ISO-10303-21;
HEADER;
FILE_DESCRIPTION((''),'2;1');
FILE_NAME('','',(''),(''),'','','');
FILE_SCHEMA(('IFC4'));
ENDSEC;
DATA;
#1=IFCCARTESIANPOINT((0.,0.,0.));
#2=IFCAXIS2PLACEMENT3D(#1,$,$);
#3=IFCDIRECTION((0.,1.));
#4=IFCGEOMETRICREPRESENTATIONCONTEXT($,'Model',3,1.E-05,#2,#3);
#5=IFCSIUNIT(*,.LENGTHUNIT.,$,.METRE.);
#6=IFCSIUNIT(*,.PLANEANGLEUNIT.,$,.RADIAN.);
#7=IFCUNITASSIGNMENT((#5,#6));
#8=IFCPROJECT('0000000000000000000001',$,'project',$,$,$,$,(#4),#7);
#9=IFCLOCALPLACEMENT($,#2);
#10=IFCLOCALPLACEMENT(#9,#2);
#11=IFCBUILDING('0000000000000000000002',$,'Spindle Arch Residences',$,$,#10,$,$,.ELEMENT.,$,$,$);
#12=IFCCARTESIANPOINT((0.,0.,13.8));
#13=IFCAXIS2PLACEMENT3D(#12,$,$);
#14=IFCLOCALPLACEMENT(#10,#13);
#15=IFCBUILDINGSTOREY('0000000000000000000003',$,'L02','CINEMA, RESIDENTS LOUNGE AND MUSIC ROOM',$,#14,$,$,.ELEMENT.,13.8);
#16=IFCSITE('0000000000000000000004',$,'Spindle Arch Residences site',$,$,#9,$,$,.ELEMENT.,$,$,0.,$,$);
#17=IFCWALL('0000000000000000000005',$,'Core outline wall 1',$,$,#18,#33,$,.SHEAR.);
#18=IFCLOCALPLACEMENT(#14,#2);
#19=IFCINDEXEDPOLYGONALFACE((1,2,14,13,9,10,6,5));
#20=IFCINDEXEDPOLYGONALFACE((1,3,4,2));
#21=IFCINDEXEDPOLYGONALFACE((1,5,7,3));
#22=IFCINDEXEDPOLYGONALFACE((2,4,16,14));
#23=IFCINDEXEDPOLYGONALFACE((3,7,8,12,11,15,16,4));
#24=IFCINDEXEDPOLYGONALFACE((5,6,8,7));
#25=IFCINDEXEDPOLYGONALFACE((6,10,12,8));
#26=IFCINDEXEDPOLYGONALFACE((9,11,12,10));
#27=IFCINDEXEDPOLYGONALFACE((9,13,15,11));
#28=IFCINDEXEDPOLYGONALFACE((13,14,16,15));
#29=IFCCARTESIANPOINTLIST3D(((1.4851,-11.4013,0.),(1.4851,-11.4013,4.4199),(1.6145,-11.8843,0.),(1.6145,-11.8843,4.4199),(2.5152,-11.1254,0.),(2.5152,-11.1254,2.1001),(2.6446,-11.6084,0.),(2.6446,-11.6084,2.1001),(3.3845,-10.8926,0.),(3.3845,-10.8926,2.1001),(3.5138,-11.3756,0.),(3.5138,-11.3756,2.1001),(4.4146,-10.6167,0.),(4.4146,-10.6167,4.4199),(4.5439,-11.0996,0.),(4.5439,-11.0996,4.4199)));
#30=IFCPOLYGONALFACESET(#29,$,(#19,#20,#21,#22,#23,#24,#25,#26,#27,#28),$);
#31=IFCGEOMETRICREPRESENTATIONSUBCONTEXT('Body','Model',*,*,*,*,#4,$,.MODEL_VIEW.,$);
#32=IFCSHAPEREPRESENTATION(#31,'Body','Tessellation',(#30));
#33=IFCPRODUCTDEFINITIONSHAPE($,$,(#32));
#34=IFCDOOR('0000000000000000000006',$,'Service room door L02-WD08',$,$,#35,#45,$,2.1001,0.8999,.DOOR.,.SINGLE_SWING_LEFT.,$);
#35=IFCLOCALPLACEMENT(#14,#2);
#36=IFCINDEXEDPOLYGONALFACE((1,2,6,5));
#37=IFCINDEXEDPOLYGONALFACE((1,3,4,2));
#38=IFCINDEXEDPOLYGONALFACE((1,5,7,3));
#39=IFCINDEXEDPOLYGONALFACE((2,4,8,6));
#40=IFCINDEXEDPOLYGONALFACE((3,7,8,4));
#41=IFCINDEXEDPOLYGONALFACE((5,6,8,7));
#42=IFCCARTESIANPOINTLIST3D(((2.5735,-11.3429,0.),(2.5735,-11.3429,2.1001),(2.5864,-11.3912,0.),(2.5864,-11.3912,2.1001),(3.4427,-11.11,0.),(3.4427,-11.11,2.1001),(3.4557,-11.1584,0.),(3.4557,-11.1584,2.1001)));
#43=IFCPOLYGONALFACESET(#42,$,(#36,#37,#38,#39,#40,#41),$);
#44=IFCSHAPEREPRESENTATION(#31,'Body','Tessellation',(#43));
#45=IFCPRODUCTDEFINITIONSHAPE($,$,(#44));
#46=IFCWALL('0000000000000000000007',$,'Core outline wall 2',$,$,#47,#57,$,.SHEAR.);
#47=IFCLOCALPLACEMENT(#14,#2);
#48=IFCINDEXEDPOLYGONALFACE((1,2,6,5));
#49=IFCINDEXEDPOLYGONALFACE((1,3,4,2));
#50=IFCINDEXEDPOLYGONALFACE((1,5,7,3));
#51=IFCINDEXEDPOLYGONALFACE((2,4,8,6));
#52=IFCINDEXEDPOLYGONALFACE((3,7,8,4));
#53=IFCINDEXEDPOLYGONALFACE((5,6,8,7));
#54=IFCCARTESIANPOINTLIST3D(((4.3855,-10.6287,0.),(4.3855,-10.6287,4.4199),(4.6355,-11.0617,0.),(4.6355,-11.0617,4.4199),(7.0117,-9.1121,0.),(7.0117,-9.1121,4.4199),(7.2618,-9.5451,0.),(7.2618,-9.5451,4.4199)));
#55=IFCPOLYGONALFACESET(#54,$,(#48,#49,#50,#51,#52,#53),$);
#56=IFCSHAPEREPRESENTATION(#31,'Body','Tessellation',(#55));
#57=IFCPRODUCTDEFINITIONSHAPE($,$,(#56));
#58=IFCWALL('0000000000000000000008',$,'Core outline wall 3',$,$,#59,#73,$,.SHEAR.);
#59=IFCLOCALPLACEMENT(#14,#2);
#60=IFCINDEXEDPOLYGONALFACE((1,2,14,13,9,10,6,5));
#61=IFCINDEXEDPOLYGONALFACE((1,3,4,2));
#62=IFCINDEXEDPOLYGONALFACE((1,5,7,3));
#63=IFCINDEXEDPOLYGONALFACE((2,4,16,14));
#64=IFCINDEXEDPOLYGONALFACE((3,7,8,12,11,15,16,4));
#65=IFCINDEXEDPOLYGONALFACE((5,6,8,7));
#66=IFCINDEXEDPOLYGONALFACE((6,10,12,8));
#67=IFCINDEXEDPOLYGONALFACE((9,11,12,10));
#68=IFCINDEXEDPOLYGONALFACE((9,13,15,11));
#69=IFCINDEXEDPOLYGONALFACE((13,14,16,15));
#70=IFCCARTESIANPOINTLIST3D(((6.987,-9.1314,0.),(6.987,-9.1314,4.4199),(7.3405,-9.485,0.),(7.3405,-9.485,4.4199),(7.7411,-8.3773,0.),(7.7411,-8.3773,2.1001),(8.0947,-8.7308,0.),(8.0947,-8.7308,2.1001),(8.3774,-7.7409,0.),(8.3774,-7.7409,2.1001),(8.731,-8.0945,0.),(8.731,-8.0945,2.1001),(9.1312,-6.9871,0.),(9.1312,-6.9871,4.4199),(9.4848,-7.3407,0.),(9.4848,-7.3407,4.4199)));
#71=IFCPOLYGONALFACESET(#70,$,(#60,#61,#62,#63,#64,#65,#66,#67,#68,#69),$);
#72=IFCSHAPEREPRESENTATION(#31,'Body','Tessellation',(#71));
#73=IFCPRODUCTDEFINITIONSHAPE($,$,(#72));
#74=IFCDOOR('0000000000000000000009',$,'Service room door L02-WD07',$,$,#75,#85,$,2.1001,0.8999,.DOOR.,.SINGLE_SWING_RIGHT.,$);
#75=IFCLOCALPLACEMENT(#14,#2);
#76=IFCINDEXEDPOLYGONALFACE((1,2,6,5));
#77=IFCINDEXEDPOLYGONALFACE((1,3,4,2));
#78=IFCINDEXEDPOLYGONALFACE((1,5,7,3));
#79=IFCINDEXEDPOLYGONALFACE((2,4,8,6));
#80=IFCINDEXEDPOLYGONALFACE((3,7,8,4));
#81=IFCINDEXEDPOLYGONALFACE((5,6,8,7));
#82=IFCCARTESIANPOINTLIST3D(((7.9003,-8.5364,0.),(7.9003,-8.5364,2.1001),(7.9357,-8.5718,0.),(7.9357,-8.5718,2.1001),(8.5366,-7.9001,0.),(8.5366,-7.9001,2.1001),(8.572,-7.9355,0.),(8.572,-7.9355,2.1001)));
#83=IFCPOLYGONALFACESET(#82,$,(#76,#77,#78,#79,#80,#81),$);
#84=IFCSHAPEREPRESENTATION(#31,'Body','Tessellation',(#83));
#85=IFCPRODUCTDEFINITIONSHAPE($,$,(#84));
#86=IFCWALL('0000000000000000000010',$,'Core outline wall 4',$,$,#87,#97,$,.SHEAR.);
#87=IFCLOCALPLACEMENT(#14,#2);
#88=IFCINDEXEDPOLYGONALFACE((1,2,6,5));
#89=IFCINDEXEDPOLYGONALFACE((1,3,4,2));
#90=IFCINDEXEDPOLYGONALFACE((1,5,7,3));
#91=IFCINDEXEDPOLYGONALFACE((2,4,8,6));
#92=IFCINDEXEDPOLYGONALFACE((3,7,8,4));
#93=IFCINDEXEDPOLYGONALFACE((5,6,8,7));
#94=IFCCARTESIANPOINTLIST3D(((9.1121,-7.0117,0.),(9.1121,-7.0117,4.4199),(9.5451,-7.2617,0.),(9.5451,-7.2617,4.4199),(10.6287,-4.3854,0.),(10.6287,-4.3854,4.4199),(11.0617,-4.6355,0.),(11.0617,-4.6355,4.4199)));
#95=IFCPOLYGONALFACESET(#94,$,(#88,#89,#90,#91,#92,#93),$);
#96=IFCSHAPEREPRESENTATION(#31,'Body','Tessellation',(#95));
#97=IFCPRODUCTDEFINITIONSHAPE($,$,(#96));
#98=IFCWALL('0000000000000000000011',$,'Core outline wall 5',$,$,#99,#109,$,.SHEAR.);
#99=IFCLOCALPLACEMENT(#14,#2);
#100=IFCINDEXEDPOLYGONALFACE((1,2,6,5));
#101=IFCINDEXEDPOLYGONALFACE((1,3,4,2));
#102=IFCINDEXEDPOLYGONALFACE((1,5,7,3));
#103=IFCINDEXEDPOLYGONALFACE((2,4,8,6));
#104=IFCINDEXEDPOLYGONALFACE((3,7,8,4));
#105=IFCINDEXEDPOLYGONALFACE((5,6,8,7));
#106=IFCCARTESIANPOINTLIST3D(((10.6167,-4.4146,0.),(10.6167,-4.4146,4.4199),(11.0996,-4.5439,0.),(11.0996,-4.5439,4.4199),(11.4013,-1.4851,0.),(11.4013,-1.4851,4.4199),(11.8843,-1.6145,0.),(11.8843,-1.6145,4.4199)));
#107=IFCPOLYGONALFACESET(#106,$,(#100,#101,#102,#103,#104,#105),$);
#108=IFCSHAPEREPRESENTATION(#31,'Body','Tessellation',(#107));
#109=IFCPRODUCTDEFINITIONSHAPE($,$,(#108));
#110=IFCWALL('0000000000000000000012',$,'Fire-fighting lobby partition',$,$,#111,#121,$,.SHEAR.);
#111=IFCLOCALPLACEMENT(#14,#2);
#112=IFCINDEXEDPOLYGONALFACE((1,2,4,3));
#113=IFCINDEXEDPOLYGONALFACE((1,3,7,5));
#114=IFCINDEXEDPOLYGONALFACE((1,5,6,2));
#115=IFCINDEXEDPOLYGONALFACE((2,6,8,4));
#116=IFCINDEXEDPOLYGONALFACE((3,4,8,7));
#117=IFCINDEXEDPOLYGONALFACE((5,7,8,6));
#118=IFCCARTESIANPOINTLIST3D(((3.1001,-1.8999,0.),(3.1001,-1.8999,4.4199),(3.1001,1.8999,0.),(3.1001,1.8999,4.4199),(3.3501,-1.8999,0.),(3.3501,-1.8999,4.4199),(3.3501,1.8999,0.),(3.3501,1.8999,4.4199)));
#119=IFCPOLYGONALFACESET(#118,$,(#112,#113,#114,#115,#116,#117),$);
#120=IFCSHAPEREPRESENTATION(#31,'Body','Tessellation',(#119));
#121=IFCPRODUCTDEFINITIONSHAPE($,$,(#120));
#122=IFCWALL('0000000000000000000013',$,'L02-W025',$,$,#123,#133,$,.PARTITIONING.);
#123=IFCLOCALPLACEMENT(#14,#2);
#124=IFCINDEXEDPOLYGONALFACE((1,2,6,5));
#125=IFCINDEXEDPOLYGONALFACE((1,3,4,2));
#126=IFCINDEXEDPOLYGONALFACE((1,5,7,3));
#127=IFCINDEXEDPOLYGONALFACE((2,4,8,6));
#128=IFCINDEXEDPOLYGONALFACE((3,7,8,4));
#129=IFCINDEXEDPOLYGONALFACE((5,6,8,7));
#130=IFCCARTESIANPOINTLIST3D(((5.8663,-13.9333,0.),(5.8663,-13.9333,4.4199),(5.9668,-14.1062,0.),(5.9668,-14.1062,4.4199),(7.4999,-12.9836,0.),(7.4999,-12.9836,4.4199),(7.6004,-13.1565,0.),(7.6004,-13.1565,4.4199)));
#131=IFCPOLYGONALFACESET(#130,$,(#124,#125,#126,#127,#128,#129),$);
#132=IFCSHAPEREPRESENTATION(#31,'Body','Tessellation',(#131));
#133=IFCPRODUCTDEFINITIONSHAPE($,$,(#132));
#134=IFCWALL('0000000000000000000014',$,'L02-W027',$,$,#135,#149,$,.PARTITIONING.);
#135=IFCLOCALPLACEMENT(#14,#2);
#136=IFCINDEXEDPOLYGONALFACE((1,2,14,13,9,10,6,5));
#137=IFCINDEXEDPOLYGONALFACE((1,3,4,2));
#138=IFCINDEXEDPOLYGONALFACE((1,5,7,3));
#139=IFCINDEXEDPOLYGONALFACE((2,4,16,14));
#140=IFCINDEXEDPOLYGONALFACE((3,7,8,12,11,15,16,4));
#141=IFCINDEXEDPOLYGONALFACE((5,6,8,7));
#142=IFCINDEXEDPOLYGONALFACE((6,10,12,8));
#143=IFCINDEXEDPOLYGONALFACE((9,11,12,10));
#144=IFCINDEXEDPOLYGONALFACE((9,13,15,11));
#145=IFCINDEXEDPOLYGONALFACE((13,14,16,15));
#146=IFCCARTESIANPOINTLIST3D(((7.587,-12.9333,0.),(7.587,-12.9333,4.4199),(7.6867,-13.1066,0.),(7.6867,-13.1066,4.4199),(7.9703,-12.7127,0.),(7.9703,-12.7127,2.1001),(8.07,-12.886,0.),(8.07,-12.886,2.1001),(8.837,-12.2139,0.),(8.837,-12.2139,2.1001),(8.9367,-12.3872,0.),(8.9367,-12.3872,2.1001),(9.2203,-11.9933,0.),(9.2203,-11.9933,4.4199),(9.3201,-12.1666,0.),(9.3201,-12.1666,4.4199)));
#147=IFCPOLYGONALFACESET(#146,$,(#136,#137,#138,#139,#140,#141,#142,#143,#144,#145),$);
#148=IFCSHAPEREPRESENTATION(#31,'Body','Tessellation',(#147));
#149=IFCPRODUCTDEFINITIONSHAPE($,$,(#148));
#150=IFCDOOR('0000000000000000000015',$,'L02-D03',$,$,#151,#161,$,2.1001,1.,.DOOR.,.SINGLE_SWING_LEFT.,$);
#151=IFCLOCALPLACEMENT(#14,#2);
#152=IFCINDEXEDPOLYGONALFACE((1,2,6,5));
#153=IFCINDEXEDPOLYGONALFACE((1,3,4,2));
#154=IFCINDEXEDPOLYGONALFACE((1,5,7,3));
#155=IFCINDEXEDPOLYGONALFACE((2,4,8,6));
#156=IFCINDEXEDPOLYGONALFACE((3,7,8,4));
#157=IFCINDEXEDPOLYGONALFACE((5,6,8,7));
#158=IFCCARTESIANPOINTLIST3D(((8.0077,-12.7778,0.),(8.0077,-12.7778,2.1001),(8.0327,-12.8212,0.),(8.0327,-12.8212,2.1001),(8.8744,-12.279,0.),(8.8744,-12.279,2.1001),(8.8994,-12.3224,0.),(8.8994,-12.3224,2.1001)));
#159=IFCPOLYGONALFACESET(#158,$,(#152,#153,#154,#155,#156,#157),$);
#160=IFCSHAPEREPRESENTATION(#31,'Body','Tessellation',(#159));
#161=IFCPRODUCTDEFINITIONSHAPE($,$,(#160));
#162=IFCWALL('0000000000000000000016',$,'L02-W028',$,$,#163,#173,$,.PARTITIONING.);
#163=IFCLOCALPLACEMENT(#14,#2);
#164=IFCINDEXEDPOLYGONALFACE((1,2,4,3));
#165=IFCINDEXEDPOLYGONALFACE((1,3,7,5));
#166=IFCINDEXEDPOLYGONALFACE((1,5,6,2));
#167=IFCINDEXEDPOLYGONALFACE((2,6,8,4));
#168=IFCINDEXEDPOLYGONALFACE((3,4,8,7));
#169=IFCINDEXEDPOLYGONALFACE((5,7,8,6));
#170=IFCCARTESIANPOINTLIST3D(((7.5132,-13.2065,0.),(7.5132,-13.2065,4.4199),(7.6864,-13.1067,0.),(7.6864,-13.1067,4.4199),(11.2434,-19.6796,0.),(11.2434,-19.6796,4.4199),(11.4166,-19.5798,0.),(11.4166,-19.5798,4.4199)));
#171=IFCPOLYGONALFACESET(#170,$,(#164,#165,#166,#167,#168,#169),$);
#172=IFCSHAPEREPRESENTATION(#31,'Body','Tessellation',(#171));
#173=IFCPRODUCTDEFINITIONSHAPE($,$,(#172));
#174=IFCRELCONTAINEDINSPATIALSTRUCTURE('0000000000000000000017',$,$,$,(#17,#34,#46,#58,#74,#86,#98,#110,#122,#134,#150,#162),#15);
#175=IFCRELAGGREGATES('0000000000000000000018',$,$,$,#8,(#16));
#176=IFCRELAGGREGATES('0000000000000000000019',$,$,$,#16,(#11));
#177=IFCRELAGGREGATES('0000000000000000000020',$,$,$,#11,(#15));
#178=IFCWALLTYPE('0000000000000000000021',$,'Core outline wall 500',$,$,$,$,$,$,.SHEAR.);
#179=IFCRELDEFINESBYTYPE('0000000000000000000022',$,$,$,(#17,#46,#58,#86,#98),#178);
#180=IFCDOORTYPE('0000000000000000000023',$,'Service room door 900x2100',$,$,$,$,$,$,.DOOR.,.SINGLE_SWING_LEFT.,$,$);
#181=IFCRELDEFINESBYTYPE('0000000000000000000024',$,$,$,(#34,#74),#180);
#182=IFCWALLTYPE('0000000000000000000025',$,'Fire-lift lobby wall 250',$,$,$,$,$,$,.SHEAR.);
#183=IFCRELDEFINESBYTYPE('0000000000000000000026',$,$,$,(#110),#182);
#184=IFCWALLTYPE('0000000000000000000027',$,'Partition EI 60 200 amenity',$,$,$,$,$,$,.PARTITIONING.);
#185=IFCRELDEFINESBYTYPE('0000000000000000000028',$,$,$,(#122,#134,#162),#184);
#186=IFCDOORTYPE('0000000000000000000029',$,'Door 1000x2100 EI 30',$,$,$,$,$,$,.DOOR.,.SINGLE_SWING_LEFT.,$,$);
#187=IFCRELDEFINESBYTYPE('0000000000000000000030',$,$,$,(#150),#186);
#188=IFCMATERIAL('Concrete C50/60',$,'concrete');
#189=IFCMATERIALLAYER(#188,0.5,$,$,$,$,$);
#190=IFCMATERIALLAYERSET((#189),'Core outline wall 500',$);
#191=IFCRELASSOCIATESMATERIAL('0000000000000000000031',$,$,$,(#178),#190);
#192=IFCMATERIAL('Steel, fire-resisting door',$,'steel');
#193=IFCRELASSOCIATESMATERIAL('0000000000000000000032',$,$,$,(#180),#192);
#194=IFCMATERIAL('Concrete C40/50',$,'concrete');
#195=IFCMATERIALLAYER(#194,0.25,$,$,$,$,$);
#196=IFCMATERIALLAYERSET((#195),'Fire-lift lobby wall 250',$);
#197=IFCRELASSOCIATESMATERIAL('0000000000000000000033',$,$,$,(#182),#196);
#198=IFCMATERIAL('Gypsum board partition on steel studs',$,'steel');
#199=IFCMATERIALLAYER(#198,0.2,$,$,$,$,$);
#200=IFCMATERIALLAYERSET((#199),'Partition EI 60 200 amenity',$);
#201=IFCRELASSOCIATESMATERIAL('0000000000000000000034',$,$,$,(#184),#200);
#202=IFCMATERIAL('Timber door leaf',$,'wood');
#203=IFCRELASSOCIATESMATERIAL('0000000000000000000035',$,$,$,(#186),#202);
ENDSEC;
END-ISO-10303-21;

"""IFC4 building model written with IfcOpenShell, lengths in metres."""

from ifc_helpers import new_model, si_unit, direction, frame, frame_2d, origin, place, context, subcontext, project, spatial, rectangle, extrude, material, layer, layer_set, type_object, element, fill, save


model = new_model("IFC4")

# Units and contexts
model_context = context("Model", 3, precision=1e-05, world=origin(), true_north=direction((0.0, 1.0)))
body_context = subcontext(model_context, "Body", "Model", "MODEL_VIEW")
ifc_project = project(units=[si_unit("LENGTHUNIT", "METRE"), si_unit("PLANEANGLEUNIT", "RADIAN")], contexts=[model_context])

# Site, building, storey
site_placement = place(None, origin())
site = spatial("IfcSite", under=ifc_project, at=site_placement, Name="Spindle Arch Residences site", CompositionType="ELEMENT", RefElevation=0.0)
building_placement = place(site_placement, origin())
building = spatial("IfcBuilding", under=site, at=building_placement, Name="Spindle Arch Residences", CompositionType="ELEMENT")
storey_placement = place(building_placement, frame((0.0, 0.0, 13.8)))
storey = spatial("IfcBuildingStorey", under=building, at=storey_placement, Name="L02", Description="CINEMA, RESIDENTS LOUNGE AND MUSIC ROOM", CompositionType="ELEMENT", Elevation=13.8)

# Wall, opening, door
ifc_material_1 = material(Name="Concrete C50/60", Category="concrete")
ifc_layer_1 = layer(ifc_material_1, 0.5)
ifc_layer_set_1 = layer_set([ifc_layer_1], Name="Core outline wall 500")
wall_type_1 = type_object("IfcWallType", Name="Core outline wall 500", PredefinedType="SHEAR", material=ifc_layer_set_1)
wall_1_placement = place(storey_placement, frame((1.5498, -11.6428, 0.0), z_axis=(0.0, 0.0, 1.0), x_axis=(0.965948, 0.258735, 0.0)))
wall_1 = element("IfcWall", 1, at=wall_1_placement, inside=storey, type_object=wall_type_1, Name="Core outline wall 1", PredefinedType="SHEAR", context=body_context, shape_type="SweptSolid", body=[
    extrude(rectangle(XDim=3.0327, YDim=0.5, at=frame_2d((1.5164, 0.0))), origin(), (0.0, 0.0, 1.0), 4.4199),
])
opening_1_placement = place(wall_1_placement, frame((1.0664, 0.0, 0.0)))
opening_1 = element("IfcOpeningElement", 2, at=opening_1_placement, cuts=wall_1, PredefinedType="OPENING", context=body_context, shape_type="SweptSolid", body=[
    extrude(rectangle(XDim=0.8999, YDim=2.1001, at=frame_2d((0.45, 1.05))), frame((0.0, 0.26, 0.0), z_axis=(0.0, -1.0, 0.0), x_axis=(1.0, 0.0, 0.0)), (0.0, 0.0, 1.0), 0.52),
])
ifc_material_2 = material(Name="Steel, fire-resisting door", Category="steel")
door_type_1 = type_object("IfcDoorType", Name="Service room door 900x2100", OperationType="SINGLE_SWING_LEFT", PredefinedType="DOOR", material=ifc_material_2)
door_1_placement = place(opening_1_placement, origin())
door_1 = element("IfcDoor", 3, at=door_1_placement, inside=storey, type_object=door_type_1, Name="Service room door L02-WD08", OperationType="SINGLE_SWING_LEFT", OverallHeight=2.1001, OverallWidth=0.8999, PredefinedType="DOOR", context=body_context, shape_type="SweptSolid", body=[
    extrude(rectangle(XDim=0.8999, YDim=2.1001, at=frame_2d((0.45, 1.05))), frame((0.0, 0.0249, 0.0), z_axis=(0.0, -1.0, 0.0), x_axis=(1.0, 0.0, 0.0)), (0.0, 0.0, 1.0), 0.05),
])
fill(opening_1, door_1)

# Wall
wall_2_placement = place(storey_placement, frame((4.5105, -10.8452, 0.0), z_axis=(0.0, 0.0, 1.0), x_axis=(0.865975, 0.500087, 0.0)))
element("IfcWall", 4, at=wall_2_placement, inside=storey, type_object=wall_type_1, Name="Core outline wall 2", PredefinedType="SHEAR", context=body_context, shape_type="SweptSolid", body=[
    extrude(rectangle(XDim=3.0327, YDim=0.5, at=frame_2d((1.5164, 0.0))), origin(), (0.0, 0.0, 1.0), 4.4199),
])

# Wall, opening, door
wall_3_placement = place(storey_placement, frame((7.1638, -9.3081, 0.0), z_axis=(0.0, 0.0, 1.0), x_axis=(0.707107, 0.707107, 0.0)))
wall_3 = element("IfcWall", 5, at=wall_3_placement, inside=storey, type_object=wall_type_1, Name="Core outline wall 3", PredefinedType="SHEAR", context=body_context, shape_type="SweptSolid", body=[
    extrude(rectangle(XDim=3.0325, YDim=0.5, at=frame_2d((1.5161, 0.0))), origin(), (0.0, 0.0, 1.0), 4.4199),
])
opening_2_placement = place(wall_3_placement, frame((1.0664, 0.0, 0.0)))
opening_2 = element("IfcOpeningElement", 6, at=opening_2_placement, cuts=wall_3, PredefinedType="OPENING", context=body_context, shape_type="SweptSolid", body=[
    extrude(rectangle(XDim=0.8999, YDim=2.1001, at=frame_2d((0.45, 1.05))), frame((0.0, 0.26, 0.0), z_axis=(0.0, -1.0, 0.0), x_axis=(1.0, 0.0, 0.0)), (0.0, 0.0, 1.0), 0.52),
])
door_2_placement = place(opening_2_placement, origin())
door_2 = element("IfcDoor", 7, at=door_2_placement, inside=storey, type_object=door_type_1, Name="Service room door L02-WD07", OperationType="SINGLE_SWING_RIGHT", OverallHeight=2.1001, OverallWidth=0.8999, PredefinedType="DOOR", context=body_context, shape_type="SweptSolid", body=[
    extrude(rectangle(XDim=0.8999, YDim=2.1001, at=frame_2d((0.45, 1.05))), frame((0.0, 0.0249, 0.0), z_axis=(0.0, -1.0, 0.0), x_axis=(1.0, 0.0, 0.0)), (0.0, 0.0, 1.0), 0.05),
])
fill(opening_2, door_2)

# Walls
for number, where, z_axis, x_axis, name in (
    (8, (9.3286, -7.1367, 0.0), (0.0, 0.0, 1.0), (0.500087, 0.865975, 0.0), "Core outline wall 4"),
    (9, (10.8582, -4.4792, 0.0), (0.0, 0.0, 1.0), (0.258735, 0.965948, 0.0), "Core outline wall 5"),
):
    element("IfcWall", number, at=place(storey_placement, frame(where, z_axis=z_axis, x_axis=x_axis)), inside=storey, type_object=wall_type_1, Name=name, PredefinedType="SHEAR", context=body_context, shape_type="SweptSolid", body=[
        extrude(rectangle(XDim=3.0327, YDim=0.5, at=frame_2d((1.5164, 0.0))), origin(), (0.0, 0.0, 1.0), 4.4199),
    ])
ifc_material_3 = material(Name="Concrete C40/50", Category="concrete")
ifc_layer_2 = layer(ifc_material_3, 0.25)
ifc_layer_set_2 = layer_set([ifc_layer_2], Name="Fire-lift lobby wall 250")
wall_type_2 = type_object("IfcWallType", Name="Fire-lift lobby wall 250", PredefinedType="SHEAR", material=ifc_layer_set_2)
wall_4_placement = place(storey_placement, frame((3.2251, -1.8999, 0.0), z_axis=(0.0, 0.0, 1.0), x_axis=(0.0, 1.0, 0.0)))
element("IfcWall", 10, at=wall_4_placement, inside=storey, type_object=wall_type_2, Name="Fire-fighting lobby partition", PredefinedType="SHEAR", context=body_context, shape_type="SweptSolid", body=[
    extrude(rectangle(XDim=3.7998, YDim=0.25, at=frame_2d((1.8999, 0.0))), origin(), (0.0, 0.0, 1.0), 4.4199),
])
ifc_material_4 = material(Name="Gypsum board partition on steel studs", Category="steel")
ifc_layer_3 = layer(ifc_material_4, 0.2)
ifc_layer_set_3 = layer_set([ifc_layer_3], Name="Partition EI 60 200 amenity")
wall_type_3 = type_object("IfcWallType", Name="Partition EI 60 200 amenity", PredefinedType="PARTITIONING", material=ifc_layer_set_3)
wall_5_placement = place(storey_placement, frame((5.9165, -14.0198, 0.0), z_axis=(0.0, 0.0, 1.0), x_axis=(0.864514, 0.502609, 0.0)))
element("IfcWall", 11, at=wall_5_placement, inside=storey, type_object=wall_type_3, Name="L02-W025", PredefinedType="PARTITIONING", context=body_context, shape_type="SweptSolid", body=[
    extrude(rectangle(XDim=1.8896, YDim=0.2, at=frame_2d((0.9448, 0.0))), origin(), (0.0, 0.0, 1.0), 4.4199),
])

# Wall, opening, door
wall_6_placement = place(storey_placement, frame((7.6367, -13.02, 0.0), z_axis=(0.0, 0.0, 1.0), x_axis=(0.866724, 0.498788, 0.0)))
wall_6 = element("IfcWall", 12, at=wall_6_placement, inside=storey, type_object=wall_type_3, Name="L02-W027", PredefinedType="PARTITIONING", context=body_context, shape_type="SweptSolid", body=[
    extrude(rectangle(XDim=1.8845, YDim=0.2, at=frame_2d((0.9424, 0.0))), origin(), (0.0, 0.0, 1.0), 4.4199),
])
opening_3_placement = place(wall_6_placement, frame((0.4424, 0.0, 0.0)))
opening_3 = element("IfcOpeningElement", 13, at=opening_3_placement, cuts=wall_6, PredefinedType="OPENING", context=body_context, shape_type="SweptSolid", body=[
    extrude(rectangle(XDim=1.0, YDim=2.1001, at=frame_2d((0.5, 1.05))), frame((0.0, 0.1099, 0.0), z_axis=(0.0, -1.0, 0.0), x_axis=(1.0, 0.0, 0.0)), (0.0, 0.0, 1.0), 0.22),
])
ifc_material_5 = material(Name="Timber door leaf", Category="wood")
door_type_2 = type_object("IfcDoorType", Name="Door 1000x2100 EI 30", OperationType="SINGLE_SWING_LEFT", PredefinedType="DOOR", material=ifc_material_5)
door_3_placement = place(opening_3_placement, origin())
door_3 = element("IfcDoor", 14, at=door_3_placement, inside=storey, type_object=door_type_2, Name="L02-D03", OperationType="SINGLE_SWING_LEFT", OverallHeight=2.1001, OverallWidth=1.0, PredefinedType="DOOR", context=body_context, shape_type="SweptSolid", body=[
    extrude(rectangle(XDim=1.0, YDim=2.1001, at=frame_2d((0.5, 1.05))), frame((0.0, 0.0249, 0.0), z_axis=(0.0, -1.0, 0.0), x_axis=(1.0, 0.0, 0.0)), (0.0, 0.0, 1.0), 0.05),
])
fill(opening_3, door_3)

# Wall
wall_7_placement = place(storey_placement, frame((7.5999, -13.1567, 0.0), z_axis=(0.0, 0.0, 1.0), x_axis=(0.499292, -0.866434, 0.0)))
element("IfcWall", 15, at=wall_7_placement, inside=storey, type_object=wall_type_3, Name="L02-W028", PredefinedType="PARTITIONING", context=body_context, shape_type="SweptSolid", body=[
    extrude(rectangle(XDim=7.4709, YDim=0.2, at=frame_2d((3.7354, 0.0))), origin(), (0.0, 0.0, 1.0), 4.4199),
])

save(model, "model.ifc")
